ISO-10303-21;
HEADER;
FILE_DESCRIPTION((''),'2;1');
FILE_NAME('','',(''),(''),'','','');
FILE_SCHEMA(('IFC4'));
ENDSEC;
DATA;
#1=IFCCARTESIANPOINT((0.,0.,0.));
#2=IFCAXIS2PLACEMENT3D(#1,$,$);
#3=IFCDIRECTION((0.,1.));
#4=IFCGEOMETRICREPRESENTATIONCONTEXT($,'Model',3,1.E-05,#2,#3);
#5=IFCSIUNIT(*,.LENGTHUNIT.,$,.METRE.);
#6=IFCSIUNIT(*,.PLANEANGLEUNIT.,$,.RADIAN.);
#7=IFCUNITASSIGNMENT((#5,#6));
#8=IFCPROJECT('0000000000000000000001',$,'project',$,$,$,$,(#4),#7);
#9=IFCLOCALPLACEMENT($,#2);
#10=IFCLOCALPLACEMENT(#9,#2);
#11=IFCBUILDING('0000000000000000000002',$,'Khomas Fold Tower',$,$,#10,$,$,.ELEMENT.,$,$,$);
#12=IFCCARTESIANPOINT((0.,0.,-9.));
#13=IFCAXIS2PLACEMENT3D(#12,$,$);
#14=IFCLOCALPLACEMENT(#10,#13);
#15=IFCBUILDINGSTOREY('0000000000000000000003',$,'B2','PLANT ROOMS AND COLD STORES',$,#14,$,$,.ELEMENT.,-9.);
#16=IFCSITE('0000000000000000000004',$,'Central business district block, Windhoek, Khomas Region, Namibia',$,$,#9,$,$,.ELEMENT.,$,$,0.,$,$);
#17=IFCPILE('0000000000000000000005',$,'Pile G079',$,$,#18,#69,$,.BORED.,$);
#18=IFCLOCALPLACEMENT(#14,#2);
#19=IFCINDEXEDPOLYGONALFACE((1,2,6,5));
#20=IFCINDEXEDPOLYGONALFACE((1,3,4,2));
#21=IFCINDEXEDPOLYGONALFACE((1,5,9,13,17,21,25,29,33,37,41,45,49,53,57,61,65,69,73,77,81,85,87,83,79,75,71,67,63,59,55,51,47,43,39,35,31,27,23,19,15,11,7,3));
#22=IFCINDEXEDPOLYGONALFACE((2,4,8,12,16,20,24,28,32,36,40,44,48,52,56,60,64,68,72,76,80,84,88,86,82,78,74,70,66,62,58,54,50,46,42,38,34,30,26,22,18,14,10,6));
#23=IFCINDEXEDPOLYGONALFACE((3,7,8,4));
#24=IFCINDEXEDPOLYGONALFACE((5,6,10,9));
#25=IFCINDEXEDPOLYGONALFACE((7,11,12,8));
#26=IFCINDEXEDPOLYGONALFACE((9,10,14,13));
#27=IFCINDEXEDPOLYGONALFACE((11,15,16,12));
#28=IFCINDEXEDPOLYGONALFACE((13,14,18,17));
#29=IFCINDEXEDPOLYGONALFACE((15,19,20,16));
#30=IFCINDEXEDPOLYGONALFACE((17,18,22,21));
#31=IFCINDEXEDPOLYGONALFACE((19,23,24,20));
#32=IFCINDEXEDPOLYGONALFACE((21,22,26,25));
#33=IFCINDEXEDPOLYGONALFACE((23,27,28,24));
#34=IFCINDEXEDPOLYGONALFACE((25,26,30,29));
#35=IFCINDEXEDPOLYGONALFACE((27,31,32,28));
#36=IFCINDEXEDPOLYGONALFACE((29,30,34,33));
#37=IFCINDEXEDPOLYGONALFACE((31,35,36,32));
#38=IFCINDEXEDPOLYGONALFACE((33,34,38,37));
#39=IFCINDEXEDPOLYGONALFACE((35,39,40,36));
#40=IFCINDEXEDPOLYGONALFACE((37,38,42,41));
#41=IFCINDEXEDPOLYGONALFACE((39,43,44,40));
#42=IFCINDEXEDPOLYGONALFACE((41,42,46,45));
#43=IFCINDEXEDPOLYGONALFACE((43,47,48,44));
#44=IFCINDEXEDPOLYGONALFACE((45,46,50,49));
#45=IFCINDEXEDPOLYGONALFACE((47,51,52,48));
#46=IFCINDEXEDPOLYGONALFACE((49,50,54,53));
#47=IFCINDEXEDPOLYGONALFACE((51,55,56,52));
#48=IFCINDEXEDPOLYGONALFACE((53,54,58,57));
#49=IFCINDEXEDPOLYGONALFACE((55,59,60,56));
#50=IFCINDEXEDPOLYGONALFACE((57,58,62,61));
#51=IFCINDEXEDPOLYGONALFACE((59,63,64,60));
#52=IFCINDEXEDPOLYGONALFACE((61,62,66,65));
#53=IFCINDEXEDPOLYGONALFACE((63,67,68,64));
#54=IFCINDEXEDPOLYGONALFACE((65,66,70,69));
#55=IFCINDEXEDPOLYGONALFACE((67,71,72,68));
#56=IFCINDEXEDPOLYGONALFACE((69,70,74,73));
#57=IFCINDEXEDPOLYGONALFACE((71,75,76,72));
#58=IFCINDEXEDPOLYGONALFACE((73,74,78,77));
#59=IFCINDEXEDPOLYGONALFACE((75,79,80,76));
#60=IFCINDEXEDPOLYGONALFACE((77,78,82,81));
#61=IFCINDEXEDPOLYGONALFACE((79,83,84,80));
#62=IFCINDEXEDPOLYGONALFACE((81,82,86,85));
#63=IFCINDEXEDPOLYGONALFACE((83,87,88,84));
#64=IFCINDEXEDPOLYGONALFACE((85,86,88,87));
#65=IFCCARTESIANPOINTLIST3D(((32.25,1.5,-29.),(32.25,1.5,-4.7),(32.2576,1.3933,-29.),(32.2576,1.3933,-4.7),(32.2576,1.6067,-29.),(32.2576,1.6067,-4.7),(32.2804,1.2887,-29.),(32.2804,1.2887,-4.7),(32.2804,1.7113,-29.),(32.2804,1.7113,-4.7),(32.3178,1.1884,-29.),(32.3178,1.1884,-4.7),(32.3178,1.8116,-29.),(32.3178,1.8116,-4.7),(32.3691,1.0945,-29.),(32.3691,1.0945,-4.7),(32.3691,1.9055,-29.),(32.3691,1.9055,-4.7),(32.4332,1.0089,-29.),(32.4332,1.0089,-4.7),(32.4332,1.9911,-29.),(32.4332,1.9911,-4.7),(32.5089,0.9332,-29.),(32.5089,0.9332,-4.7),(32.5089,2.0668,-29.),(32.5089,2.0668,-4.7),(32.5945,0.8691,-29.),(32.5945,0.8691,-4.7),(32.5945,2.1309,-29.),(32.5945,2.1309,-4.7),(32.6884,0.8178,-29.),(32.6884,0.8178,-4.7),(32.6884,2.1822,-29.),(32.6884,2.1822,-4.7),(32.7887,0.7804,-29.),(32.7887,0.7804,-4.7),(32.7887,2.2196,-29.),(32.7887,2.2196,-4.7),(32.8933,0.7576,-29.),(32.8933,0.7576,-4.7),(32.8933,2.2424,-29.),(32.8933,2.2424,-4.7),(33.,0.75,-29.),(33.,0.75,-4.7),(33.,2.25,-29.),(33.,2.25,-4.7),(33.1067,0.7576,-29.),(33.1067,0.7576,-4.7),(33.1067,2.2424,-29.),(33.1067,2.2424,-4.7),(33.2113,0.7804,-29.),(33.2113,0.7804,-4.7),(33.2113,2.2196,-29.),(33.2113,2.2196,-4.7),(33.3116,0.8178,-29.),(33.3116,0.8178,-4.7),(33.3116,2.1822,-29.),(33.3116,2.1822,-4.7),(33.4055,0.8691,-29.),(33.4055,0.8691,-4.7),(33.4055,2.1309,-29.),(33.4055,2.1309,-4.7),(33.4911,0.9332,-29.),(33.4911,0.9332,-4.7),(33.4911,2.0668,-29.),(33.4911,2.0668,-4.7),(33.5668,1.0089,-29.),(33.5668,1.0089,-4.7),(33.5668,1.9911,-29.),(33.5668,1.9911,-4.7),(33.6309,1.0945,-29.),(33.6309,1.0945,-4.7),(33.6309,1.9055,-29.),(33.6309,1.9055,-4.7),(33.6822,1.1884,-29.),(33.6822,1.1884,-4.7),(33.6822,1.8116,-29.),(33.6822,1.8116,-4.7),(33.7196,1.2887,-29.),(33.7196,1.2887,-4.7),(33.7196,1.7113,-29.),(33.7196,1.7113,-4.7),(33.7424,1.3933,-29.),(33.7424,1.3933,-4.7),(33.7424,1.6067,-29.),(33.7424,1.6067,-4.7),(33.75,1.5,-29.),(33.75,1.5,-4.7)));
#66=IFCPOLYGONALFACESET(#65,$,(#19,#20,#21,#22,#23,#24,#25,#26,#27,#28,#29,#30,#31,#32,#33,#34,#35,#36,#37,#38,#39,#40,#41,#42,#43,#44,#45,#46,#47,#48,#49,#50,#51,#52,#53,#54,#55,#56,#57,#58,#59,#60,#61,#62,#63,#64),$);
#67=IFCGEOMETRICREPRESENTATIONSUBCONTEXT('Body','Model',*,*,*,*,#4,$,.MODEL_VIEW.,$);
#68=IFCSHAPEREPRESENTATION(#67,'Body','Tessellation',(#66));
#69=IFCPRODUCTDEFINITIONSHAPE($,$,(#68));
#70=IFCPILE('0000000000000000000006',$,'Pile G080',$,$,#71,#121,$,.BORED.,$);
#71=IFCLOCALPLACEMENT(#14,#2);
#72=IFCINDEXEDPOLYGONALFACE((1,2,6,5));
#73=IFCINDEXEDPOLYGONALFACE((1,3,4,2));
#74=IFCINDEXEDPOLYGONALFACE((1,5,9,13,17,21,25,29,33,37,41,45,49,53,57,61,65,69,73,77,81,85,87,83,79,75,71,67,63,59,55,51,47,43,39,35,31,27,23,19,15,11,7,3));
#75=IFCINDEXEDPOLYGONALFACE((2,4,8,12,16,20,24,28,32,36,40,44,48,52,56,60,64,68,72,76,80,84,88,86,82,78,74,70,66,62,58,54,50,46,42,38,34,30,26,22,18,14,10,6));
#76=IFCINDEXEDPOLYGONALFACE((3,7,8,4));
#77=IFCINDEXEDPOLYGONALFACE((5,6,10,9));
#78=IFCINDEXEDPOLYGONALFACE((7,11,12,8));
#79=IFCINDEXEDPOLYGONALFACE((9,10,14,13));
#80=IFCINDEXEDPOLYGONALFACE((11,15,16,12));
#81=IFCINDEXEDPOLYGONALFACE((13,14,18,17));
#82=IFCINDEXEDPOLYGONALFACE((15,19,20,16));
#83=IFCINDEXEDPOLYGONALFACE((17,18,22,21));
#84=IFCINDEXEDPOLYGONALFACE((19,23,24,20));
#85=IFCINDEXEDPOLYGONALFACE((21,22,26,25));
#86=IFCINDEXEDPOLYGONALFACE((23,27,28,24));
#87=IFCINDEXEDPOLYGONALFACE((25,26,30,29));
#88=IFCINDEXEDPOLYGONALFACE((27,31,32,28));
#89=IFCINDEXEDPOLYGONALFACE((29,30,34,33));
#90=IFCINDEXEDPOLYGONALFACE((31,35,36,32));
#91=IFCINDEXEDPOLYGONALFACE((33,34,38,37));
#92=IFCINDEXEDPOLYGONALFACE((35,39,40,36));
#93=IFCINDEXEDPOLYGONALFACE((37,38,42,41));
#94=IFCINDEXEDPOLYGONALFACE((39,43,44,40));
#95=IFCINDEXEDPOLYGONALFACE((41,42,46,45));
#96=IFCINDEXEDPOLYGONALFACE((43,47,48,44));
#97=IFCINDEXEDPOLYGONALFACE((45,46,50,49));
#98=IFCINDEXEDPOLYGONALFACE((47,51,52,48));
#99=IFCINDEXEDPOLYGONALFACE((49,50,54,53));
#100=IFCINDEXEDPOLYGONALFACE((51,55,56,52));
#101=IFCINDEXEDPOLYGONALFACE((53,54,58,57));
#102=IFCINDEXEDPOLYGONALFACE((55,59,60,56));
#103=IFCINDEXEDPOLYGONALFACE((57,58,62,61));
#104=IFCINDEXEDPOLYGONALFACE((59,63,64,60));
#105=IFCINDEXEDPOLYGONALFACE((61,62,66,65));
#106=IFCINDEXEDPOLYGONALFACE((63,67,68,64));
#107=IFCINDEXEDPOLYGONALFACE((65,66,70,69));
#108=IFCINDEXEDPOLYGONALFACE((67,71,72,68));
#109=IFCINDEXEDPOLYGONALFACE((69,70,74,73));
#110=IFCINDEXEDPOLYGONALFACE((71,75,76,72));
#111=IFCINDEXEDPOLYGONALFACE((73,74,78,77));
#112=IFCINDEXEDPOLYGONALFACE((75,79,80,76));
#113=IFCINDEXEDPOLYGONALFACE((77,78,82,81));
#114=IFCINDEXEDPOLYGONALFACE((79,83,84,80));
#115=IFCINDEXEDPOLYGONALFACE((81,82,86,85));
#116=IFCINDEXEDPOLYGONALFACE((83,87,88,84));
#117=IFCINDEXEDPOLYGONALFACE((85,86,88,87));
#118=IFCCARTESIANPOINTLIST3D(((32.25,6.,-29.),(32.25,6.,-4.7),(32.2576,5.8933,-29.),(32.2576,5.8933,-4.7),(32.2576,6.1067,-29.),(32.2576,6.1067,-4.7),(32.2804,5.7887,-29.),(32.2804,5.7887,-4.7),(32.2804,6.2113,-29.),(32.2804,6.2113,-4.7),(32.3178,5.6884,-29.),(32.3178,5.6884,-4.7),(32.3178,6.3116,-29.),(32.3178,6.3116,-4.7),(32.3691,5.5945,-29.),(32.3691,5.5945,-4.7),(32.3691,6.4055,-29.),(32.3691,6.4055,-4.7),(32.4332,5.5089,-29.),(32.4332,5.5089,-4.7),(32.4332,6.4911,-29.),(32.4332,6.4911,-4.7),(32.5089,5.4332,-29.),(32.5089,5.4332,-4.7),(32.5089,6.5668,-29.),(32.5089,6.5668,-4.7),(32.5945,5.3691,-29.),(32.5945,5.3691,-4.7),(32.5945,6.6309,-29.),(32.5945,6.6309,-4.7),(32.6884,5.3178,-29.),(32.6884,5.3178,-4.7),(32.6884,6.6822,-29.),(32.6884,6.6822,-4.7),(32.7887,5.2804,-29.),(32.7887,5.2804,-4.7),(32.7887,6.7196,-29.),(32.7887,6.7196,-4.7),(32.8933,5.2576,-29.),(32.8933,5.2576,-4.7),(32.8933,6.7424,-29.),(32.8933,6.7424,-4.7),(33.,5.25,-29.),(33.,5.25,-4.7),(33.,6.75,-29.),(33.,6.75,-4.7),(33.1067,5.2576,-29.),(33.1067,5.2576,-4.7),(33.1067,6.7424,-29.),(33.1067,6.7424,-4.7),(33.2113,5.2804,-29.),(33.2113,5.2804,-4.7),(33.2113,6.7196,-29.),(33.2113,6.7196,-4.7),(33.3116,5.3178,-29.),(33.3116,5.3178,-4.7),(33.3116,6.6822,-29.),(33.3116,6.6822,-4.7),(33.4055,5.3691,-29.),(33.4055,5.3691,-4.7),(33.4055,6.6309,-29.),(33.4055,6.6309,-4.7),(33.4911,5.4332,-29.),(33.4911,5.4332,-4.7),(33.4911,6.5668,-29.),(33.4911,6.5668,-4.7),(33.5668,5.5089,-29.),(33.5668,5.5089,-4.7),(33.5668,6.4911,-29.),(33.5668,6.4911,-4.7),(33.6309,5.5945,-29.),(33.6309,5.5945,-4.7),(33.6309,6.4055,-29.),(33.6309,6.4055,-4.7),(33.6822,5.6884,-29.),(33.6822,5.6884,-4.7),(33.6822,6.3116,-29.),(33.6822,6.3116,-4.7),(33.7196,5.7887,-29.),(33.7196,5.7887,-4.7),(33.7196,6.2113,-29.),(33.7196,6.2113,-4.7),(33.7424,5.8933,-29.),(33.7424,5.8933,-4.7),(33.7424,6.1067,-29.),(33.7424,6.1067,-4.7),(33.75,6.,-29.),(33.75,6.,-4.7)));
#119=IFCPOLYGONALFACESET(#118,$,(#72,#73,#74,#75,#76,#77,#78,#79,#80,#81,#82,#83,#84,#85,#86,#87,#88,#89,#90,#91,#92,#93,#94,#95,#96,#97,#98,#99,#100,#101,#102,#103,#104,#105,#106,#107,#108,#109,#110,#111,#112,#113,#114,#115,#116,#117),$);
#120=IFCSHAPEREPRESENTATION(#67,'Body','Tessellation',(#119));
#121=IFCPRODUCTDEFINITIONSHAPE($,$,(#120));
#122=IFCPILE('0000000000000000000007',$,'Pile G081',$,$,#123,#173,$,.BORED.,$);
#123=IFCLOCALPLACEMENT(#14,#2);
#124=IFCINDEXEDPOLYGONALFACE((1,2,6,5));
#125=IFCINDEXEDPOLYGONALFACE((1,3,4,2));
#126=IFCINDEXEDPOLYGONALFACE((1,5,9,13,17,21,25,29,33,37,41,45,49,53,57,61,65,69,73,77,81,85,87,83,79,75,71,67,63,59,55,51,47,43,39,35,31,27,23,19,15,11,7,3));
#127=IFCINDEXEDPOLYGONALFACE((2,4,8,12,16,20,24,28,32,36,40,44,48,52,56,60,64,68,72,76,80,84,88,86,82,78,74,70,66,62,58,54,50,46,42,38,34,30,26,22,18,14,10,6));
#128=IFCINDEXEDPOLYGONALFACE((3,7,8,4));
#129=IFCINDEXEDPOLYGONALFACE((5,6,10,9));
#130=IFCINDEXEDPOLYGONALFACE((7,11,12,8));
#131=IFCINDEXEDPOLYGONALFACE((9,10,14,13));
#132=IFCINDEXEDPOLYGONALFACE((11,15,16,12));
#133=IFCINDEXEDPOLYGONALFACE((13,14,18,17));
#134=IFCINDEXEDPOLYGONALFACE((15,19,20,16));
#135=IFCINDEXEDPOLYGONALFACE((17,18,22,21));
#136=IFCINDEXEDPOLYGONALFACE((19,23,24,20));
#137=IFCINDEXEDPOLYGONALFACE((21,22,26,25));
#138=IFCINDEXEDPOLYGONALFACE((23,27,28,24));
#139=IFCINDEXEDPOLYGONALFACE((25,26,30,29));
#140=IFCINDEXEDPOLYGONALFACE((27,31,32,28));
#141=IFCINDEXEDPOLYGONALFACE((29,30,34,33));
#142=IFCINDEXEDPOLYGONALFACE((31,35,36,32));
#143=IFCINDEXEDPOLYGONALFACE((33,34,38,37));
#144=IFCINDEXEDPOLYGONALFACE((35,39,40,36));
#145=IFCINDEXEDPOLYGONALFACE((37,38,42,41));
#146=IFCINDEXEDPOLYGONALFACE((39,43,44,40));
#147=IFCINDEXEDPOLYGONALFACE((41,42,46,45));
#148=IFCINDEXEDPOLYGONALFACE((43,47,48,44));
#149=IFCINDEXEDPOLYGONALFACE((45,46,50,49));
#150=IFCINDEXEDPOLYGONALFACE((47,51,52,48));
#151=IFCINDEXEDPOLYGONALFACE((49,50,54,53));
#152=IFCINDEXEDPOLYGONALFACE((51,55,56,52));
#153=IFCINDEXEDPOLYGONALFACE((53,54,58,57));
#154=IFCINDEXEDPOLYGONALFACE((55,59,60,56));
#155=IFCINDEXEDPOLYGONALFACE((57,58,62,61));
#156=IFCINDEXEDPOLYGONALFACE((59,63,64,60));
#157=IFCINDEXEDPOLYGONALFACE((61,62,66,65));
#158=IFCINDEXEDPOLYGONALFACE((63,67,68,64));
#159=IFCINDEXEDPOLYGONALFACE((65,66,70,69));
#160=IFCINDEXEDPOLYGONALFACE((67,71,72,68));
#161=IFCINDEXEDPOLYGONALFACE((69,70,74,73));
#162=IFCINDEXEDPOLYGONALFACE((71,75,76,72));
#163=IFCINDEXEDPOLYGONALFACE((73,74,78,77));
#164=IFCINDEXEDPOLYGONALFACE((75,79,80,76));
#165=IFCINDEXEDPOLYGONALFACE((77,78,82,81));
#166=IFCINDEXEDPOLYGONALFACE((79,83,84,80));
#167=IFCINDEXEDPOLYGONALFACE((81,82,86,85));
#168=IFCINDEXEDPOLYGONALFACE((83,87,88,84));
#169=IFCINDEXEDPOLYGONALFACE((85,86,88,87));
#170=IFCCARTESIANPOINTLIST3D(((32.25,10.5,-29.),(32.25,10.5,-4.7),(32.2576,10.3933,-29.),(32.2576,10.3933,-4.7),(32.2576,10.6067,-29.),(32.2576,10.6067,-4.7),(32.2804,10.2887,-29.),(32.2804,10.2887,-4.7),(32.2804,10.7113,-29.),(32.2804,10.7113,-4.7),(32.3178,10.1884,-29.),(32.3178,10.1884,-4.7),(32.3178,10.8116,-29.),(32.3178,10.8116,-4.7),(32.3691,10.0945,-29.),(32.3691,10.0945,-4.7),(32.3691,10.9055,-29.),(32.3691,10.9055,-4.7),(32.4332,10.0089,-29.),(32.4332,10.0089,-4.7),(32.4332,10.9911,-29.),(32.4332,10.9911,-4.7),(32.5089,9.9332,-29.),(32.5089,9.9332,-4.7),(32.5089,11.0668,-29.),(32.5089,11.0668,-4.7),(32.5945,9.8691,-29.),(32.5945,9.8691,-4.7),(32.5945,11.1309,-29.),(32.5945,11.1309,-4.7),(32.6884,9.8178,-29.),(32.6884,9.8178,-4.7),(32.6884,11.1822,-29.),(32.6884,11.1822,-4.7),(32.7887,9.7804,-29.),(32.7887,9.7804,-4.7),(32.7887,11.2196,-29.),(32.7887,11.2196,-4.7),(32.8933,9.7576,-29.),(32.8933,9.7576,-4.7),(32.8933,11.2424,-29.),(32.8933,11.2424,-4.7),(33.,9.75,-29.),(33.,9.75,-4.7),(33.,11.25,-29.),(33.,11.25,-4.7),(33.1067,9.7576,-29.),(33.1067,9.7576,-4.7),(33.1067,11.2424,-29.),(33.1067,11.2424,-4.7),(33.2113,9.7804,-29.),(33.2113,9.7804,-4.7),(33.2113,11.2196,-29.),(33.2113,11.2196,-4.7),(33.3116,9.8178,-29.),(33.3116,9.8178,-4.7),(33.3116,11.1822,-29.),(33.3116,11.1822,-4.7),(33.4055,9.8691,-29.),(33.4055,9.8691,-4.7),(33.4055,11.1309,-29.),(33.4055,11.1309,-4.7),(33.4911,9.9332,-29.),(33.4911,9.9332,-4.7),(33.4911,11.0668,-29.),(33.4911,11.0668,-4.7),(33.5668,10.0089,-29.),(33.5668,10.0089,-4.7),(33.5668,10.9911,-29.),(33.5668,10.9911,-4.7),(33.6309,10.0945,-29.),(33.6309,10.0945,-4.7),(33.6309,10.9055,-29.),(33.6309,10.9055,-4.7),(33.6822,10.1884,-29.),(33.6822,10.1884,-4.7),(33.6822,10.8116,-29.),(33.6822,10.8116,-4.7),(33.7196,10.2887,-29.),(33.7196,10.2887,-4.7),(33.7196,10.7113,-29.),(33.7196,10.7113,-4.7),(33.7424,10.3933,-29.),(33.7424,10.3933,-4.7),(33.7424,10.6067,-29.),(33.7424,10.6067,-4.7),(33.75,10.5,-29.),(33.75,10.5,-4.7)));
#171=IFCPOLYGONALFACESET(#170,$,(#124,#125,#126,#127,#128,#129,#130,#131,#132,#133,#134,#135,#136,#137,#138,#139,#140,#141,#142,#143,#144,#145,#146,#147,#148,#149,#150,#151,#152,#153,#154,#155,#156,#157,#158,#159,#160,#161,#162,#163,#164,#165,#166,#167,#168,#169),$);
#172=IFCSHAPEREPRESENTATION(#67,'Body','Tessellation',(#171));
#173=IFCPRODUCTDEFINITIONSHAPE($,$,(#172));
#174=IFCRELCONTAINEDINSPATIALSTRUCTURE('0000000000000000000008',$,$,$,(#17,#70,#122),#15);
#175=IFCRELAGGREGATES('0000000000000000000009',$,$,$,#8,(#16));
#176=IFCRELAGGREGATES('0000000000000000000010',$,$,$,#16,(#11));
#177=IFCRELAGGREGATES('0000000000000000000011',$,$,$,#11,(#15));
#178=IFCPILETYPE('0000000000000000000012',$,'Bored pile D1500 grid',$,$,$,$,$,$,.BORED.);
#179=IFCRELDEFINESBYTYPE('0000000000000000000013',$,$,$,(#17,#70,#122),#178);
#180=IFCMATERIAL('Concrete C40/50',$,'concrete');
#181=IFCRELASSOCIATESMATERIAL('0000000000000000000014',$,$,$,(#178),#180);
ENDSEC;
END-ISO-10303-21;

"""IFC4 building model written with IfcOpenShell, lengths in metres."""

from ifc_helpers import new_model, si_unit, direction, frame, origin, origin_2d, place, context, subcontext, project, spatial, circle, extrude, source, transform, mapped, material, material_profile, profile_set, type_object, element, save


model = new_model("IFC4")

# Units and contexts
model_context = context("Model", 3, precision=1e-05, world=origin(), true_north=direction((0.0, 1.0)))
body_context = subcontext(model_context, "Body", "Model", "MODEL_VIEW")
ifc_project = project(units=[si_unit("LENGTHUNIT", "METRE"), si_unit("PLANEANGLEUNIT", "RADIAN")], contexts=[model_context])

# Site, building, storey
site_placement = place(None, origin())
site = spatial("IfcSite", under=ifc_project, at=site_placement, Name="Central business district block, Windhoek, Khomas Region, Namibia", CompositionType="ELEMENT", RefElevation=0.0)
building_placement = place(site_placement, origin())
building = spatial("IfcBuilding", under=site, at=building_placement, Name="Khomas Fold Tower", CompositionType="ELEMENT")
storey_placement = place(building_placement, frame((0.0, 0.0, -9.0)))
storey = spatial("IfcBuildingStorey", under=building, at=storey_placement, Name="B2", Description="PLANT ROOMS AND COLD STORES", CompositionType="ELEMENT", Elevation=-9.0)

# Piles
ifc_material_1 = material(Name="Concrete C40/50", Category="concrete")
ifc_material_profile_1 = material_profile(ifc_material_1, circle(Radius=0.75, at=origin_2d()), Name="PILE D1500")
ifc_profile_set_1 = profile_set([ifc_material_profile_1], Name="Concrete C40/50")
pile_type = type_object("IfcPileType", Name="Bored pile D1500 grid", PredefinedType="BORED", material=ifc_profile_set_1)
shared_shape_1 = source(origin(), body_context, "Body", "SweptSolid", [
    extrude(circle(Radius=0.75, at=origin_2d()), origin(), (0.0, 0.0, 1.0), 24.3),
])
for number, where, z_axis, x_axis, name in (
    (1, (33.0, 1.5, -4.7), (0.0, 0.0, -1.0), (1.0, 0.0, 0.0), "Pile G079"),
    (2, (33.0, 6.0, -4.7), (0.0, 0.0, -1.0), (1.0, 0.0, 0.0), "Pile G080"),
    (3, (33.0, 10.5, -4.7), (0.0, 0.0, -1.0), (1.0, 0.0, 0.0), "Pile G081"),
):
    element("IfcPile", number, at=place(storey_placement, frame(where, z_axis=z_axis, x_axis=x_axis)), inside=storey, type_object=pile_type, Name=name, PredefinedType="BORED", context=body_context, shape_type="MappedRepresentation", body=[
        mapped(shared_shape_1, transform((0.0, 0.0, 0.0))),
    ])

save(model, "model.ifc")
